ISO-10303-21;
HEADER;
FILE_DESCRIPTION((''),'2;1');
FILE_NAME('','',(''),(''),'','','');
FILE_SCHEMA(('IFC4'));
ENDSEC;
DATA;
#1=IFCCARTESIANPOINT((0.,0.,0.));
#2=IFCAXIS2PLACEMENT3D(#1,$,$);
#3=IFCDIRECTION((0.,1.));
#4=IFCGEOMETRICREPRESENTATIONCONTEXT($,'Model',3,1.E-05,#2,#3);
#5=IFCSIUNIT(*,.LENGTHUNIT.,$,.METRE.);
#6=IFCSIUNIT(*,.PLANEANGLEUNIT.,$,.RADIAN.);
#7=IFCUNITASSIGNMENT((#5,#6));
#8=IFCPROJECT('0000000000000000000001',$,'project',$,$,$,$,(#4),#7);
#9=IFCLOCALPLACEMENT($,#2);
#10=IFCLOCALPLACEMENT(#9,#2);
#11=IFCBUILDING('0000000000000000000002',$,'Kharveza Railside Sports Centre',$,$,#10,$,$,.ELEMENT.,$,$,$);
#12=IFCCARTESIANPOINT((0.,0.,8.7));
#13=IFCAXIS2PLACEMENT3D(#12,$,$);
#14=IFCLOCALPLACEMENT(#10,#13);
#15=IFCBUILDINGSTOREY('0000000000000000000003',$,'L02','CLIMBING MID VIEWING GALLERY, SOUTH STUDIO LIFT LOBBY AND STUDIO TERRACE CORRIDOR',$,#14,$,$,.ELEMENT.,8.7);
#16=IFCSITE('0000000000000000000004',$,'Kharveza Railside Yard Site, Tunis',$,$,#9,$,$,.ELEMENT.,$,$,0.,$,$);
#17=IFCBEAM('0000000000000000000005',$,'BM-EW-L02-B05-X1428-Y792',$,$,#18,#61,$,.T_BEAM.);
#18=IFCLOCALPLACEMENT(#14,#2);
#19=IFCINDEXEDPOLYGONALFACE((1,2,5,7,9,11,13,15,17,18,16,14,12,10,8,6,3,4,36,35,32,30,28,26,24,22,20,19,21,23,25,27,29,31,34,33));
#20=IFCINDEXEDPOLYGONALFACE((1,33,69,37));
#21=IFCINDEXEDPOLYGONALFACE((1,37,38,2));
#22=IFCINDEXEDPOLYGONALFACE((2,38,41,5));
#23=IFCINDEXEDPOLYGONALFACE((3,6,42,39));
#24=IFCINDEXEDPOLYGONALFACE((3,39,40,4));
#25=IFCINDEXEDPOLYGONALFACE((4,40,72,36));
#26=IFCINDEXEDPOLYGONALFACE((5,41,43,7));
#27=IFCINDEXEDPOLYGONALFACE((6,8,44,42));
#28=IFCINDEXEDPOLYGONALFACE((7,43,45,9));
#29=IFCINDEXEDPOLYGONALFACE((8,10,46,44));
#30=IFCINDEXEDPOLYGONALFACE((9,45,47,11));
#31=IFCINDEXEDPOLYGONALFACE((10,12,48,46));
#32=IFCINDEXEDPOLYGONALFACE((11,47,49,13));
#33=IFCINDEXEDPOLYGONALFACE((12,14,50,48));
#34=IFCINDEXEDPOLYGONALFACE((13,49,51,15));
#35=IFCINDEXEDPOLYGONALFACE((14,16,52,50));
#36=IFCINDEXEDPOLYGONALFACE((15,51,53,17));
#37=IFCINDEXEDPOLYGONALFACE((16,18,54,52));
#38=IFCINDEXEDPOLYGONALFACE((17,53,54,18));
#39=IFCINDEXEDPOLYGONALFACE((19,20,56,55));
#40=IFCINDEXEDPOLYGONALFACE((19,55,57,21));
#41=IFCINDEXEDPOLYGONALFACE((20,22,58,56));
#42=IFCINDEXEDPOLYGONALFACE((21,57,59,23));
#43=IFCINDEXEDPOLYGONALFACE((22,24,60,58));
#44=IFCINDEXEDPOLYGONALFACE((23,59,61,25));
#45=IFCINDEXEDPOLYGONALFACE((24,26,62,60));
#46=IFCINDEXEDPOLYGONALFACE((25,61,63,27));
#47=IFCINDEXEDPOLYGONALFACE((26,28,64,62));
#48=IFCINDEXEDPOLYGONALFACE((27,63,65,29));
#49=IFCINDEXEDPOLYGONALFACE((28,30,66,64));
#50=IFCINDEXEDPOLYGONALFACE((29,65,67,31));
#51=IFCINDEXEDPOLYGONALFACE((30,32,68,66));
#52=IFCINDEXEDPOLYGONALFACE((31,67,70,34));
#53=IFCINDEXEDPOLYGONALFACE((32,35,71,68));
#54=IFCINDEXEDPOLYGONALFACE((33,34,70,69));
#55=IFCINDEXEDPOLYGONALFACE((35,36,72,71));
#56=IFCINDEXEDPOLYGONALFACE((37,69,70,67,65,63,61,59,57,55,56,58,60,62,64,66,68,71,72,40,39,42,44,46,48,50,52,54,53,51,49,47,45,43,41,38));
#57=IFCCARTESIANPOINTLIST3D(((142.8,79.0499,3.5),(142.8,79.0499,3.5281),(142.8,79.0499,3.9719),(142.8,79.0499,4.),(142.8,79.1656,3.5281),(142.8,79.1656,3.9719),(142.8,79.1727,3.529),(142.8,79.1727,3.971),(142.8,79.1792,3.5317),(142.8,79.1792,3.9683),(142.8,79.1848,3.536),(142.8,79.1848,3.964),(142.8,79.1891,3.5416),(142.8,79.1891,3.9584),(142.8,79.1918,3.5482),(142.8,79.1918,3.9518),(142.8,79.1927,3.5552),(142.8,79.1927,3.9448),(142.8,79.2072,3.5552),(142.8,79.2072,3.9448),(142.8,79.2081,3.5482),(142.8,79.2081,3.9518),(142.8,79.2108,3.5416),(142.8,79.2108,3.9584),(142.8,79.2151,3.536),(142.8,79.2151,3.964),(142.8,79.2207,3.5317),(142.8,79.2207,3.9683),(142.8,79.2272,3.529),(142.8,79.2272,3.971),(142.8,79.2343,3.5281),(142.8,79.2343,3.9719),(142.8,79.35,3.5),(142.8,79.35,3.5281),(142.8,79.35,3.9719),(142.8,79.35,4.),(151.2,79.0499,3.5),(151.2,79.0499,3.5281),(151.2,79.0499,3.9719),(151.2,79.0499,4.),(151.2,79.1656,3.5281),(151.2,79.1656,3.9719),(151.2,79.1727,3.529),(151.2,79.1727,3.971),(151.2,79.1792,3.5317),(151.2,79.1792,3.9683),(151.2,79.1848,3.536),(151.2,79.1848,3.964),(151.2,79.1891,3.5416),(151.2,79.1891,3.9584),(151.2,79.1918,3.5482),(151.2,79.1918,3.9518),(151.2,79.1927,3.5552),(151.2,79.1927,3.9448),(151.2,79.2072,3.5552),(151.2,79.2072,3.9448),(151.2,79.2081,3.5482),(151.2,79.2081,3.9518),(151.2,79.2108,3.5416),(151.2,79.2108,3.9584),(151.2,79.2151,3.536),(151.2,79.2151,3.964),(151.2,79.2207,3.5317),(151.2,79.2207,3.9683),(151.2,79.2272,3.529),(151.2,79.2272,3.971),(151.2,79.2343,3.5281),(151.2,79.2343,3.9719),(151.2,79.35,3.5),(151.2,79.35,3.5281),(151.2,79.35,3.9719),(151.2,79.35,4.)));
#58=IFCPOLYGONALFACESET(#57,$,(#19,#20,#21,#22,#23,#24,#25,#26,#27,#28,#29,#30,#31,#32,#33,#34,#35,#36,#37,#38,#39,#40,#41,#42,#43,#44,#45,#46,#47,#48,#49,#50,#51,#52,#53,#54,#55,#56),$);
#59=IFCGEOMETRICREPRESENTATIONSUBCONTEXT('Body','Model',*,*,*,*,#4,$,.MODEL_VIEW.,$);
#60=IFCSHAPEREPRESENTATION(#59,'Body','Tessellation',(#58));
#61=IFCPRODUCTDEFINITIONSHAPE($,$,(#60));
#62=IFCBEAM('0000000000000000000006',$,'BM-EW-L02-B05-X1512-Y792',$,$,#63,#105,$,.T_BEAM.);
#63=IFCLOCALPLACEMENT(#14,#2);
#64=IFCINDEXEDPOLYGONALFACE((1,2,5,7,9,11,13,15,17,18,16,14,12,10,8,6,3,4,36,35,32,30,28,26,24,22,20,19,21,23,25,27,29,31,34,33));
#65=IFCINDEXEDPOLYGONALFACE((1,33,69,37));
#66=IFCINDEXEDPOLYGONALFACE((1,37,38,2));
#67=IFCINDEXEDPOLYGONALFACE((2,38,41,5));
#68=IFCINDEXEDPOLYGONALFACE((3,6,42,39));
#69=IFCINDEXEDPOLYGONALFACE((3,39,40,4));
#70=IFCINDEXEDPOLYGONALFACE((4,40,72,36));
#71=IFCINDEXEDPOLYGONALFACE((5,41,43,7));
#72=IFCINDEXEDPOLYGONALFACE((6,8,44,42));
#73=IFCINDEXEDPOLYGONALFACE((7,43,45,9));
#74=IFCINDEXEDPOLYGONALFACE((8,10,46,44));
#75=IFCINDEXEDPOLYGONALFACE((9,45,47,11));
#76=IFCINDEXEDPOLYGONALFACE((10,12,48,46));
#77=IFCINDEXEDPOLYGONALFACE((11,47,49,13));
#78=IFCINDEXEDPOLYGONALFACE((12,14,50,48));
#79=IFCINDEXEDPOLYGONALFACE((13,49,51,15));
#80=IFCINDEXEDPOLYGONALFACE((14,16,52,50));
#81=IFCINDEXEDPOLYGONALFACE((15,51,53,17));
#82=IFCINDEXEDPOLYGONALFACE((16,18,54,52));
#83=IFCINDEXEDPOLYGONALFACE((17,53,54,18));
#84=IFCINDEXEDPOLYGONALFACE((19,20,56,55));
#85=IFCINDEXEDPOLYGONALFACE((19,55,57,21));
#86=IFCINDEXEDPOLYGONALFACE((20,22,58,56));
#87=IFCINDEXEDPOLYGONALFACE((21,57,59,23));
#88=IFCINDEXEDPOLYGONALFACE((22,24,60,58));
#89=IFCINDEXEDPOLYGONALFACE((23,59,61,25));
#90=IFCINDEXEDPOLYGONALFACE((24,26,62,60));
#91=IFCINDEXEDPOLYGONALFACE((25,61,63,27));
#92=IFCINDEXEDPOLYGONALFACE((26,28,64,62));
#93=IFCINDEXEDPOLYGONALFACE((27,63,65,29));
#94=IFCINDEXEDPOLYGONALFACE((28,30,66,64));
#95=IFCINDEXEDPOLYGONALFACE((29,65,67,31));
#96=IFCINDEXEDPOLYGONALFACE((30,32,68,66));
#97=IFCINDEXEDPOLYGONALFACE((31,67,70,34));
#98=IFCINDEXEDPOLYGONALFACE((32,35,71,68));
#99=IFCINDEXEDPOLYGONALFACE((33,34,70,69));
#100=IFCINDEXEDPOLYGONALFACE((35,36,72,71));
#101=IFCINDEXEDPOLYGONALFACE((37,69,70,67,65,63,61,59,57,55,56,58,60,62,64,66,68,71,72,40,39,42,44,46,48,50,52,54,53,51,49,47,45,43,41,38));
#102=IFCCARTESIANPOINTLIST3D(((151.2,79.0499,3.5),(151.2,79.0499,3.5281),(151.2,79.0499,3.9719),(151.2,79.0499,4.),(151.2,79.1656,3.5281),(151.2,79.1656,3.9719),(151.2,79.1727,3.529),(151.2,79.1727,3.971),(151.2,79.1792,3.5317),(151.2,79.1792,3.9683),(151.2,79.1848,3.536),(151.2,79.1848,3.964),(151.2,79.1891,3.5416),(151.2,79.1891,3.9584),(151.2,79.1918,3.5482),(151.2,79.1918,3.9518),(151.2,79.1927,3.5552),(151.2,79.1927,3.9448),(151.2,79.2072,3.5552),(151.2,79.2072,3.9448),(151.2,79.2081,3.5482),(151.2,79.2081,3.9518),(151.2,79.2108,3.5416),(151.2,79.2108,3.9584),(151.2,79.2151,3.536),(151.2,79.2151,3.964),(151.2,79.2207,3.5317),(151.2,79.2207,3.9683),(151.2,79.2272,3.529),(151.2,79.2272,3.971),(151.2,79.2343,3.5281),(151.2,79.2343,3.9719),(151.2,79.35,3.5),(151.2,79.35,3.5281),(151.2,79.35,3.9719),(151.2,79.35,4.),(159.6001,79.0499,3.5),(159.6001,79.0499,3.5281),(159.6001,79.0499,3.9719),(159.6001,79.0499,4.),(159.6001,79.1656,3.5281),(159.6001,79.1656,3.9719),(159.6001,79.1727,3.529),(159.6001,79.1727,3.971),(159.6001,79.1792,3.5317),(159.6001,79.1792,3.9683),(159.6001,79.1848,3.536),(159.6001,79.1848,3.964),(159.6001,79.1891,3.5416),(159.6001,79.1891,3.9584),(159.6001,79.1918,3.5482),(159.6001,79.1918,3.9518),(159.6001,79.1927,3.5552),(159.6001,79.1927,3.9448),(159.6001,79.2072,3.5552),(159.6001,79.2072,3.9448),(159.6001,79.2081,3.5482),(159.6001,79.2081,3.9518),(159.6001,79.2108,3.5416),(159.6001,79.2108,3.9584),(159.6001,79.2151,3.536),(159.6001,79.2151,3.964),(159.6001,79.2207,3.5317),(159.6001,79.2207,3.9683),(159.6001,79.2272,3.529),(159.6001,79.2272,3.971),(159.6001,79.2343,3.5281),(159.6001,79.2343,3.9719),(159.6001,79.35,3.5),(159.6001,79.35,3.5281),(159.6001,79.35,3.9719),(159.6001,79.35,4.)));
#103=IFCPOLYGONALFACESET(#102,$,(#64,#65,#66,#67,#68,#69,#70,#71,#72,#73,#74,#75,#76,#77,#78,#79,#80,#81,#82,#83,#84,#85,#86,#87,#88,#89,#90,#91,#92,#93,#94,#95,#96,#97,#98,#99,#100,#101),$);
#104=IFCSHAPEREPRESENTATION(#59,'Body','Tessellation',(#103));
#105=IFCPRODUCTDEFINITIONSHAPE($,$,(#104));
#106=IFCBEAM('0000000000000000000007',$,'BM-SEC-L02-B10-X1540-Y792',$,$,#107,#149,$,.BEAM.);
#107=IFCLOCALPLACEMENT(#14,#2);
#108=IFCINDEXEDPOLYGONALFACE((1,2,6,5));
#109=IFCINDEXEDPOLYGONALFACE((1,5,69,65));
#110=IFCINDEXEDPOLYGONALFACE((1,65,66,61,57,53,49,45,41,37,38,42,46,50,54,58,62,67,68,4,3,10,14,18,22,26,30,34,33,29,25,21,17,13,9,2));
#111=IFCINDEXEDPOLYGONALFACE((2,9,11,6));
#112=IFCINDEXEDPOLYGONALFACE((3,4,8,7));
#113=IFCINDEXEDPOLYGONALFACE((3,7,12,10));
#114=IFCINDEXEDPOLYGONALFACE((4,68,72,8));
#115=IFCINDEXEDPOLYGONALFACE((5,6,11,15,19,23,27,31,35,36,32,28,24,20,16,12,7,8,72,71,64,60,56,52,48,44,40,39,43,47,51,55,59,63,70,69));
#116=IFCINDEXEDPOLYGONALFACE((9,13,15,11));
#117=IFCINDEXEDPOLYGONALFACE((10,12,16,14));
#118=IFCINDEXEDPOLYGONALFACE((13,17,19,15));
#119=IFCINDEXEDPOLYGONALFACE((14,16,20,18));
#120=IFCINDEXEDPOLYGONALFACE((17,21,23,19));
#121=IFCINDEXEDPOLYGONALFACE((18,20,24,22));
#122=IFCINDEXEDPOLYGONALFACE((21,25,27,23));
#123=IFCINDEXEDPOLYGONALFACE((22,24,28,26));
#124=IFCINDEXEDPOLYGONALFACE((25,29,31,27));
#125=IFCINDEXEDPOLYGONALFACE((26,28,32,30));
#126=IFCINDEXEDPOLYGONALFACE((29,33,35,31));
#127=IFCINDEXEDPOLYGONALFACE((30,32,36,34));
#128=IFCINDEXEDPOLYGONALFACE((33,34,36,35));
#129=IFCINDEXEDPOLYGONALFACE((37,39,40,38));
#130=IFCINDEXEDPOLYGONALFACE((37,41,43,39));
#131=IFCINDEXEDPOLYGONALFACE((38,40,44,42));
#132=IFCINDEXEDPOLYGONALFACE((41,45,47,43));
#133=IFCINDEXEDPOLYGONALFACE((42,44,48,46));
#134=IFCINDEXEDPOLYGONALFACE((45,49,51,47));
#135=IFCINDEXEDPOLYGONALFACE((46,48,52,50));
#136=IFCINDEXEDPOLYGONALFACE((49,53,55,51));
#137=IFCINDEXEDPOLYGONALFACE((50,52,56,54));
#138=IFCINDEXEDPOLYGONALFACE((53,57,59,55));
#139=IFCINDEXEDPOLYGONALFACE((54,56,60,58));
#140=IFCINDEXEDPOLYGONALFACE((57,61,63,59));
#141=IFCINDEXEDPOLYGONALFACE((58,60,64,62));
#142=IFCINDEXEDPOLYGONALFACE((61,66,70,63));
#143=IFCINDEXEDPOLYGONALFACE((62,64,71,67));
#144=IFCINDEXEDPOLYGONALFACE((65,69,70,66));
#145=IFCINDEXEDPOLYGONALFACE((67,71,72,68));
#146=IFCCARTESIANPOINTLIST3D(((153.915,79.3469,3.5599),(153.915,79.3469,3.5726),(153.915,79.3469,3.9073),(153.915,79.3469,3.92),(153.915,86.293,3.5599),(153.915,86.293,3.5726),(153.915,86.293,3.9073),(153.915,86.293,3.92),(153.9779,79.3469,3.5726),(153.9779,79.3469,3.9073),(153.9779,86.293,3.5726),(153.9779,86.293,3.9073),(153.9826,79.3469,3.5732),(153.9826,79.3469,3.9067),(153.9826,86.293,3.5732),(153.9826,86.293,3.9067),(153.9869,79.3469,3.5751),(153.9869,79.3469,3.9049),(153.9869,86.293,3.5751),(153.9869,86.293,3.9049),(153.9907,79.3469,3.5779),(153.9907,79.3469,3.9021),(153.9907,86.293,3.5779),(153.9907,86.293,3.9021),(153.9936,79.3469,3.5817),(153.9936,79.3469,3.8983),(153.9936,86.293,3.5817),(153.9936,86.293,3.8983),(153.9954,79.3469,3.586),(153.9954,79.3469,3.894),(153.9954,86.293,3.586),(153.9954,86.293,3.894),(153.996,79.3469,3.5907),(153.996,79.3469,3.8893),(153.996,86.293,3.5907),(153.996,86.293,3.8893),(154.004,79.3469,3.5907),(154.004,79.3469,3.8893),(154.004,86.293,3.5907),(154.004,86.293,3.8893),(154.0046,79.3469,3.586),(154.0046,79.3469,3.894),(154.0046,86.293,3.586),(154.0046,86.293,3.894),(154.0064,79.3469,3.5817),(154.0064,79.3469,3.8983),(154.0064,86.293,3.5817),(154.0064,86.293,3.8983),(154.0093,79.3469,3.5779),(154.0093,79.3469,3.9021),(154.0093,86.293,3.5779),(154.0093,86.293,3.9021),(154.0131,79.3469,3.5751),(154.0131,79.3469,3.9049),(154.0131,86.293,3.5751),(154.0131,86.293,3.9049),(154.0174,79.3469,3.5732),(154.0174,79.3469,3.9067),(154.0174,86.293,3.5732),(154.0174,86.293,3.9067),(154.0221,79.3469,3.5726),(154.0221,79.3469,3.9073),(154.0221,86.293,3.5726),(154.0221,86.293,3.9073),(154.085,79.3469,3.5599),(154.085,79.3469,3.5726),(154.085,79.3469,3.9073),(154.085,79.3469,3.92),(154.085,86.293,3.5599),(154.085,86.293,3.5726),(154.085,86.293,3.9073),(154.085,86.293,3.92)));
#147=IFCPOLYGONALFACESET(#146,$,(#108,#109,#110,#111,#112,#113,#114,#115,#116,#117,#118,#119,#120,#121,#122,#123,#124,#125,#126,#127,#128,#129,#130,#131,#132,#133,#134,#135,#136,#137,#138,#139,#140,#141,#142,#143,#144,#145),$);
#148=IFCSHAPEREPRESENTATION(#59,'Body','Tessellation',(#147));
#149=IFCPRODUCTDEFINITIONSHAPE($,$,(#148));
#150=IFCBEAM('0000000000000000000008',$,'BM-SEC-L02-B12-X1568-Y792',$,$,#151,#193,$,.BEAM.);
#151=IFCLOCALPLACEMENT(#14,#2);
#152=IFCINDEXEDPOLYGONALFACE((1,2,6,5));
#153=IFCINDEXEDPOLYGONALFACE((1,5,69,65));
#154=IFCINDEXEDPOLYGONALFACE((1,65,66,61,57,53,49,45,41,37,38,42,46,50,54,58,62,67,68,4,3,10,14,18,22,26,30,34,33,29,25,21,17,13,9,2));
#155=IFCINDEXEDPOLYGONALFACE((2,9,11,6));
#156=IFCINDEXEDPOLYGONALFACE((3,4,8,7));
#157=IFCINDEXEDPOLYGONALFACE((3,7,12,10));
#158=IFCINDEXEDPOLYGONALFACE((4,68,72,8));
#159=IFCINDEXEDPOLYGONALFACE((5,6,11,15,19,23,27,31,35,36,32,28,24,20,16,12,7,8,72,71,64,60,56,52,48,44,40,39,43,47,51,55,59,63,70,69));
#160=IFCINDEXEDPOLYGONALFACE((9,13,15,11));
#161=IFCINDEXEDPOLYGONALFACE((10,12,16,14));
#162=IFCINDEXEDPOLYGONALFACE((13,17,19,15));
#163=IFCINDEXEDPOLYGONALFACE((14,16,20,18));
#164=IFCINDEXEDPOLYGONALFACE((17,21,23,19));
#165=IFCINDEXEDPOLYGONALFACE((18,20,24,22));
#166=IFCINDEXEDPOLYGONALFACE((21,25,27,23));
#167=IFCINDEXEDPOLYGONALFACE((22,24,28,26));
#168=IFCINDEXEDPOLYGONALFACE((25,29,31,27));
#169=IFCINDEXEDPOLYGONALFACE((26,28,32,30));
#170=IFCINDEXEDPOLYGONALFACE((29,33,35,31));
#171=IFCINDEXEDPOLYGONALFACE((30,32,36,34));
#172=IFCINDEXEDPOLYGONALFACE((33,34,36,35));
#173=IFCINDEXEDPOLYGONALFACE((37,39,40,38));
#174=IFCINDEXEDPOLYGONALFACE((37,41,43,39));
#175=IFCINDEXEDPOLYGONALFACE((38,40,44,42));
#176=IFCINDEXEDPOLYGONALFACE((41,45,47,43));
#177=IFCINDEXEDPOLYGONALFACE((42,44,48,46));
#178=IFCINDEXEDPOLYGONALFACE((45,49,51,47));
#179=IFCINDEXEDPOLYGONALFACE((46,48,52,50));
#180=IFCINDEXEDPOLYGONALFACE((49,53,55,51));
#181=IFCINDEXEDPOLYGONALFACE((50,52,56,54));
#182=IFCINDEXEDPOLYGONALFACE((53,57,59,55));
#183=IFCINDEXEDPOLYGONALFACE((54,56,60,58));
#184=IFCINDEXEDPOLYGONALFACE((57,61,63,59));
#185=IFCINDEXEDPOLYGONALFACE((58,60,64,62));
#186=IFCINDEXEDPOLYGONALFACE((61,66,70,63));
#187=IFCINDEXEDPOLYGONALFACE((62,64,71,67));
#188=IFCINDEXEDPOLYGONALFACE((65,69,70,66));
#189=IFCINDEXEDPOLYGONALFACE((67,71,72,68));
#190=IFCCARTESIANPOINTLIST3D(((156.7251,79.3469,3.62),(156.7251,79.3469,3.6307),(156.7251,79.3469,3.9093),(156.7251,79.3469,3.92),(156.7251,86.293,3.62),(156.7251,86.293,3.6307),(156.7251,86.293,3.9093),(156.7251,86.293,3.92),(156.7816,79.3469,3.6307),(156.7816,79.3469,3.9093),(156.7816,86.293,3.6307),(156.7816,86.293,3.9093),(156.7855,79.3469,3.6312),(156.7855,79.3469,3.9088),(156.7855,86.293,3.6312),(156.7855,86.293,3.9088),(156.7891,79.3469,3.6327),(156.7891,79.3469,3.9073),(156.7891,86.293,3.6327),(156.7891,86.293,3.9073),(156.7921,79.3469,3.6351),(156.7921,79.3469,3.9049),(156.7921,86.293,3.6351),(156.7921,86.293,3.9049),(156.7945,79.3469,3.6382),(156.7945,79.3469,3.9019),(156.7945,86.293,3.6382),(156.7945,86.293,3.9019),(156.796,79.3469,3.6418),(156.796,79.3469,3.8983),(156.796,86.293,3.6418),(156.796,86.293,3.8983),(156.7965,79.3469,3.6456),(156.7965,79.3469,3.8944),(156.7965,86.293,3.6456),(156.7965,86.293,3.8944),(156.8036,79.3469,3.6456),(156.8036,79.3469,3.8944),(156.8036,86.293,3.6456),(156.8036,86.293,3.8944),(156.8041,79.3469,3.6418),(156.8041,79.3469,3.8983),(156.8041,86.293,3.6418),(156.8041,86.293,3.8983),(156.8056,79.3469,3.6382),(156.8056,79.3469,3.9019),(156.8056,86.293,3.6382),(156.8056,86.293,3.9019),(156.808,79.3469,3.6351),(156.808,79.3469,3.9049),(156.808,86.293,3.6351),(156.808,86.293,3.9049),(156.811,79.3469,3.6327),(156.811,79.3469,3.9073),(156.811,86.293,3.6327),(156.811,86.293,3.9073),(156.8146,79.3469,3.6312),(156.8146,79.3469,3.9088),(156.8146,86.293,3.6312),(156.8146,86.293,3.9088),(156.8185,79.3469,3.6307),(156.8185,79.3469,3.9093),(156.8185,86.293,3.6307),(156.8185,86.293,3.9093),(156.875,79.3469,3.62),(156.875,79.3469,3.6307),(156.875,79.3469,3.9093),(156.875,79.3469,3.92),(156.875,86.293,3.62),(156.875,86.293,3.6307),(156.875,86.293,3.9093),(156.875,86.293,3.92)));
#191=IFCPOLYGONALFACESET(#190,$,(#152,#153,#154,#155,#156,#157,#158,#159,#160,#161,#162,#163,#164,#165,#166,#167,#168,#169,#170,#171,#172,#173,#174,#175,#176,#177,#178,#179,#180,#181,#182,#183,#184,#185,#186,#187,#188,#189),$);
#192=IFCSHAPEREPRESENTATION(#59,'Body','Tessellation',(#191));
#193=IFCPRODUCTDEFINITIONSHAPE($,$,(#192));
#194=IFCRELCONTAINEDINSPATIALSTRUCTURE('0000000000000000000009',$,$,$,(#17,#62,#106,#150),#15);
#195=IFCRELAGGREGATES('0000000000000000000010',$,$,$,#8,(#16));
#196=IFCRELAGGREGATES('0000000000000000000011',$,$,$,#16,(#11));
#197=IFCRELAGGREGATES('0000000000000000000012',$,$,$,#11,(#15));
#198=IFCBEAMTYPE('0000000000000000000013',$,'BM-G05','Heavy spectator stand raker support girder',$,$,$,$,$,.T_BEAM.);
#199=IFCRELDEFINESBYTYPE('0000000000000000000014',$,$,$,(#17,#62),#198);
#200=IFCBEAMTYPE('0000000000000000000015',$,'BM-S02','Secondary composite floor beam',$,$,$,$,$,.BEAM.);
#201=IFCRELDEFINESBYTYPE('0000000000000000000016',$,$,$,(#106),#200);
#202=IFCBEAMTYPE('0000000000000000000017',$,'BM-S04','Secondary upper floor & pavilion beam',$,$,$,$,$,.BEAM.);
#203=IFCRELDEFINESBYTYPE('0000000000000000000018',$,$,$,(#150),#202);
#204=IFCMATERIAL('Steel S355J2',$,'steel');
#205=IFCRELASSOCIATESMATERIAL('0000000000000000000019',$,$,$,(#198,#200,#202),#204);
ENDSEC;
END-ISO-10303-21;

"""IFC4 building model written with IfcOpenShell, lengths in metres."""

from ifc_helpers import new_model, si_unit, direction, frame, origin, origin_2d, place, context, subcontext, project, spatial, i_section, extrude, material, material_profile, profile_set, type_object, element, save


model = new_model("IFC4")

# Units and contexts
model_context = context("Model", 3, precision=1e-05, world=origin(), true_north=direction((0.0, 1.0)))
body_context = subcontext(model_context, "Body", "Model", "MODEL_VIEW")
ifc_project = project(units=[si_unit("LENGTHUNIT", "METRE"), si_unit("PLANEANGLEUNIT", "RADIAN")], contexts=[model_context])

# Site, building, storey
site_placement = place(None, origin())
site = spatial("IfcSite", under=ifc_project, at=site_placement, Name="Kharveza Railside Yard Site, Tunis", CompositionType="ELEMENT", RefElevation=0.0)
building_placement = place(site_placement, origin())
building = spatial("IfcBuilding", under=site, at=building_placement, Name="Kharveza Railside Sports Centre", CompositionType="ELEMENT")
storey_placement = place(building_placement, frame((0.0, 0.0, 8.7)))
storey = spatial("IfcBuildingStorey", under=building, at=storey_placement, Name="L02", Description="CLIMBING MID VIEWING GALLERY, SOUTH STUDIO LIFT LOBBY AND STUDIO TERRACE CORRIDOR", CompositionType="ELEMENT", Elevation=8.7)

# Shared definitions
ifc_material_1 = material(Name="Steel S355J2", Category="steel")

# Beams
ifc_material_profile_1 = material_profile(ifc_material_1, i_section(OverallWidth=0.3, OverallDepth=0.5, WebThickness=0.0144, FlangeThickness=0.0281, FilletRadius=0.0271, at=origin_2d()), Name="HEB 500")
ifc_profile_set_1 = profile_set([ifc_material_profile_1], Name="Steel S355J2")
beam_type_1 = type_object("IfcBeamType", Name="BM-G05", Description="Heavy spectator stand raker support girder", PredefinedType="T_BEAM", material=ifc_profile_set_1)
beam_1_placement = place(storey_placement, frame((142.8, 79.2, 3.75), z_axis=(1.0, 0.0, 0.0), x_axis=(0.0, 1.0, 0.0)))
element("IfcBeam", 1, at=beam_1_placement, inside=storey, type_object=beam_type_1, Name="BM-EW-L02-B05-X1428-Y792", PredefinedType="T_BEAM", context=body_context, shape_type="SweptSolid", body=[
    extrude(i_section(OverallWidth=0.3, OverallDepth=0.5, WebThickness=0.0144, FlangeThickness=0.0281, FilletRadius=0.0271, at=origin_2d()), origin(), (0.0, 0.0, 1.0), 8.3999),
])
beam_2_placement = place(storey_placement, frame((151.2, 79.2, 3.75), z_axis=(1.0, 0.0, 0.0), x_axis=(0.0, 1.0, 0.0)))
element("IfcBeam", 2, at=beam_2_placement, inside=storey, type_object=beam_type_1, Name="BM-EW-L02-B05-X1512-Y792", PredefinedType="T_BEAM", context=body_context, shape_type="SweptSolid", body=[
    extrude(i_section(OverallWidth=0.3, OverallDepth=0.5, WebThickness=0.0144, FlangeThickness=0.0281, FilletRadius=0.0271, at=origin_2d()), origin(), (0.0, 0.0, 1.0), 8.4001),
])
ifc_material_profile_2 = material_profile(ifc_material_1, i_section(OverallWidth=0.1699, OverallDepth=0.3601, WebThickness=0.0081, FlangeThickness=0.0127, FilletRadius=0.0181, at=origin_2d()), Name="IPE 360")
ifc_profile_set_2 = profile_set([ifc_material_profile_2], Name="Steel S355J2")
beam_type_2 = type_object("IfcBeamType", Name="BM-S02", Description="Secondary composite floor beam", PredefinedType="BEAM", material=ifc_profile_set_2)
beam_3_placement = place(storey_placement, frame((154.0, 79.3469, 3.74), z_axis=(0.0, 1.0, 0.0), x_axis=(-1.0, 0.0, 0.0)))
element("IfcBeam", 3, at=beam_3_placement, inside=storey, type_object=beam_type_2, Name="BM-SEC-L02-B10-X1540-Y792", PredefinedType="BEAM", context=body_context, shape_type="SweptSolid", body=[
    extrude(i_section(OverallWidth=0.1699, OverallDepth=0.3601, WebThickness=0.0081, FlangeThickness=0.0127, FilletRadius=0.0181, at=origin_2d()), origin(), (0.0, 0.0, 1.0), 6.946),
])
ifc_material_profile_3 = material_profile(ifc_material_1, i_section(OverallWidth=0.1499, OverallDepth=0.3, WebThickness=0.0071, FlangeThickness=0.0107, FilletRadius=0.0149, at=origin_2d()), Name="IPE 300")
ifc_profile_set_3 = profile_set([ifc_material_profile_3], Name="Steel S355J2")
beam_type_3 = type_object("IfcBeamType", Name="BM-S04", Description="Secondary upper floor & pavilion beam", PredefinedType="BEAM", material=ifc_profile_set_3)
beam_4_placement = place(storey_placement, frame((156.8, 79.3469, 3.77), z_axis=(0.0, 1.0, 0.0), x_axis=(-1.0, 0.0, 0.0)))
element("IfcBeam", 4, at=beam_4_placement, inside=storey, type_object=beam_type_3, Name="BM-SEC-L02-B12-X1568-Y792", PredefinedType="BEAM", context=body_context, shape_type="SweptSolid", body=[
    extrude(i_section(OverallWidth=0.1499, OverallDepth=0.3, WebThickness=0.0071, FlangeThickness=0.0107, FilletRadius=0.0149, at=origin_2d()), origin(), (0.0, 0.0, 1.0), 6.946),
])

save(model, "model.ifc")
